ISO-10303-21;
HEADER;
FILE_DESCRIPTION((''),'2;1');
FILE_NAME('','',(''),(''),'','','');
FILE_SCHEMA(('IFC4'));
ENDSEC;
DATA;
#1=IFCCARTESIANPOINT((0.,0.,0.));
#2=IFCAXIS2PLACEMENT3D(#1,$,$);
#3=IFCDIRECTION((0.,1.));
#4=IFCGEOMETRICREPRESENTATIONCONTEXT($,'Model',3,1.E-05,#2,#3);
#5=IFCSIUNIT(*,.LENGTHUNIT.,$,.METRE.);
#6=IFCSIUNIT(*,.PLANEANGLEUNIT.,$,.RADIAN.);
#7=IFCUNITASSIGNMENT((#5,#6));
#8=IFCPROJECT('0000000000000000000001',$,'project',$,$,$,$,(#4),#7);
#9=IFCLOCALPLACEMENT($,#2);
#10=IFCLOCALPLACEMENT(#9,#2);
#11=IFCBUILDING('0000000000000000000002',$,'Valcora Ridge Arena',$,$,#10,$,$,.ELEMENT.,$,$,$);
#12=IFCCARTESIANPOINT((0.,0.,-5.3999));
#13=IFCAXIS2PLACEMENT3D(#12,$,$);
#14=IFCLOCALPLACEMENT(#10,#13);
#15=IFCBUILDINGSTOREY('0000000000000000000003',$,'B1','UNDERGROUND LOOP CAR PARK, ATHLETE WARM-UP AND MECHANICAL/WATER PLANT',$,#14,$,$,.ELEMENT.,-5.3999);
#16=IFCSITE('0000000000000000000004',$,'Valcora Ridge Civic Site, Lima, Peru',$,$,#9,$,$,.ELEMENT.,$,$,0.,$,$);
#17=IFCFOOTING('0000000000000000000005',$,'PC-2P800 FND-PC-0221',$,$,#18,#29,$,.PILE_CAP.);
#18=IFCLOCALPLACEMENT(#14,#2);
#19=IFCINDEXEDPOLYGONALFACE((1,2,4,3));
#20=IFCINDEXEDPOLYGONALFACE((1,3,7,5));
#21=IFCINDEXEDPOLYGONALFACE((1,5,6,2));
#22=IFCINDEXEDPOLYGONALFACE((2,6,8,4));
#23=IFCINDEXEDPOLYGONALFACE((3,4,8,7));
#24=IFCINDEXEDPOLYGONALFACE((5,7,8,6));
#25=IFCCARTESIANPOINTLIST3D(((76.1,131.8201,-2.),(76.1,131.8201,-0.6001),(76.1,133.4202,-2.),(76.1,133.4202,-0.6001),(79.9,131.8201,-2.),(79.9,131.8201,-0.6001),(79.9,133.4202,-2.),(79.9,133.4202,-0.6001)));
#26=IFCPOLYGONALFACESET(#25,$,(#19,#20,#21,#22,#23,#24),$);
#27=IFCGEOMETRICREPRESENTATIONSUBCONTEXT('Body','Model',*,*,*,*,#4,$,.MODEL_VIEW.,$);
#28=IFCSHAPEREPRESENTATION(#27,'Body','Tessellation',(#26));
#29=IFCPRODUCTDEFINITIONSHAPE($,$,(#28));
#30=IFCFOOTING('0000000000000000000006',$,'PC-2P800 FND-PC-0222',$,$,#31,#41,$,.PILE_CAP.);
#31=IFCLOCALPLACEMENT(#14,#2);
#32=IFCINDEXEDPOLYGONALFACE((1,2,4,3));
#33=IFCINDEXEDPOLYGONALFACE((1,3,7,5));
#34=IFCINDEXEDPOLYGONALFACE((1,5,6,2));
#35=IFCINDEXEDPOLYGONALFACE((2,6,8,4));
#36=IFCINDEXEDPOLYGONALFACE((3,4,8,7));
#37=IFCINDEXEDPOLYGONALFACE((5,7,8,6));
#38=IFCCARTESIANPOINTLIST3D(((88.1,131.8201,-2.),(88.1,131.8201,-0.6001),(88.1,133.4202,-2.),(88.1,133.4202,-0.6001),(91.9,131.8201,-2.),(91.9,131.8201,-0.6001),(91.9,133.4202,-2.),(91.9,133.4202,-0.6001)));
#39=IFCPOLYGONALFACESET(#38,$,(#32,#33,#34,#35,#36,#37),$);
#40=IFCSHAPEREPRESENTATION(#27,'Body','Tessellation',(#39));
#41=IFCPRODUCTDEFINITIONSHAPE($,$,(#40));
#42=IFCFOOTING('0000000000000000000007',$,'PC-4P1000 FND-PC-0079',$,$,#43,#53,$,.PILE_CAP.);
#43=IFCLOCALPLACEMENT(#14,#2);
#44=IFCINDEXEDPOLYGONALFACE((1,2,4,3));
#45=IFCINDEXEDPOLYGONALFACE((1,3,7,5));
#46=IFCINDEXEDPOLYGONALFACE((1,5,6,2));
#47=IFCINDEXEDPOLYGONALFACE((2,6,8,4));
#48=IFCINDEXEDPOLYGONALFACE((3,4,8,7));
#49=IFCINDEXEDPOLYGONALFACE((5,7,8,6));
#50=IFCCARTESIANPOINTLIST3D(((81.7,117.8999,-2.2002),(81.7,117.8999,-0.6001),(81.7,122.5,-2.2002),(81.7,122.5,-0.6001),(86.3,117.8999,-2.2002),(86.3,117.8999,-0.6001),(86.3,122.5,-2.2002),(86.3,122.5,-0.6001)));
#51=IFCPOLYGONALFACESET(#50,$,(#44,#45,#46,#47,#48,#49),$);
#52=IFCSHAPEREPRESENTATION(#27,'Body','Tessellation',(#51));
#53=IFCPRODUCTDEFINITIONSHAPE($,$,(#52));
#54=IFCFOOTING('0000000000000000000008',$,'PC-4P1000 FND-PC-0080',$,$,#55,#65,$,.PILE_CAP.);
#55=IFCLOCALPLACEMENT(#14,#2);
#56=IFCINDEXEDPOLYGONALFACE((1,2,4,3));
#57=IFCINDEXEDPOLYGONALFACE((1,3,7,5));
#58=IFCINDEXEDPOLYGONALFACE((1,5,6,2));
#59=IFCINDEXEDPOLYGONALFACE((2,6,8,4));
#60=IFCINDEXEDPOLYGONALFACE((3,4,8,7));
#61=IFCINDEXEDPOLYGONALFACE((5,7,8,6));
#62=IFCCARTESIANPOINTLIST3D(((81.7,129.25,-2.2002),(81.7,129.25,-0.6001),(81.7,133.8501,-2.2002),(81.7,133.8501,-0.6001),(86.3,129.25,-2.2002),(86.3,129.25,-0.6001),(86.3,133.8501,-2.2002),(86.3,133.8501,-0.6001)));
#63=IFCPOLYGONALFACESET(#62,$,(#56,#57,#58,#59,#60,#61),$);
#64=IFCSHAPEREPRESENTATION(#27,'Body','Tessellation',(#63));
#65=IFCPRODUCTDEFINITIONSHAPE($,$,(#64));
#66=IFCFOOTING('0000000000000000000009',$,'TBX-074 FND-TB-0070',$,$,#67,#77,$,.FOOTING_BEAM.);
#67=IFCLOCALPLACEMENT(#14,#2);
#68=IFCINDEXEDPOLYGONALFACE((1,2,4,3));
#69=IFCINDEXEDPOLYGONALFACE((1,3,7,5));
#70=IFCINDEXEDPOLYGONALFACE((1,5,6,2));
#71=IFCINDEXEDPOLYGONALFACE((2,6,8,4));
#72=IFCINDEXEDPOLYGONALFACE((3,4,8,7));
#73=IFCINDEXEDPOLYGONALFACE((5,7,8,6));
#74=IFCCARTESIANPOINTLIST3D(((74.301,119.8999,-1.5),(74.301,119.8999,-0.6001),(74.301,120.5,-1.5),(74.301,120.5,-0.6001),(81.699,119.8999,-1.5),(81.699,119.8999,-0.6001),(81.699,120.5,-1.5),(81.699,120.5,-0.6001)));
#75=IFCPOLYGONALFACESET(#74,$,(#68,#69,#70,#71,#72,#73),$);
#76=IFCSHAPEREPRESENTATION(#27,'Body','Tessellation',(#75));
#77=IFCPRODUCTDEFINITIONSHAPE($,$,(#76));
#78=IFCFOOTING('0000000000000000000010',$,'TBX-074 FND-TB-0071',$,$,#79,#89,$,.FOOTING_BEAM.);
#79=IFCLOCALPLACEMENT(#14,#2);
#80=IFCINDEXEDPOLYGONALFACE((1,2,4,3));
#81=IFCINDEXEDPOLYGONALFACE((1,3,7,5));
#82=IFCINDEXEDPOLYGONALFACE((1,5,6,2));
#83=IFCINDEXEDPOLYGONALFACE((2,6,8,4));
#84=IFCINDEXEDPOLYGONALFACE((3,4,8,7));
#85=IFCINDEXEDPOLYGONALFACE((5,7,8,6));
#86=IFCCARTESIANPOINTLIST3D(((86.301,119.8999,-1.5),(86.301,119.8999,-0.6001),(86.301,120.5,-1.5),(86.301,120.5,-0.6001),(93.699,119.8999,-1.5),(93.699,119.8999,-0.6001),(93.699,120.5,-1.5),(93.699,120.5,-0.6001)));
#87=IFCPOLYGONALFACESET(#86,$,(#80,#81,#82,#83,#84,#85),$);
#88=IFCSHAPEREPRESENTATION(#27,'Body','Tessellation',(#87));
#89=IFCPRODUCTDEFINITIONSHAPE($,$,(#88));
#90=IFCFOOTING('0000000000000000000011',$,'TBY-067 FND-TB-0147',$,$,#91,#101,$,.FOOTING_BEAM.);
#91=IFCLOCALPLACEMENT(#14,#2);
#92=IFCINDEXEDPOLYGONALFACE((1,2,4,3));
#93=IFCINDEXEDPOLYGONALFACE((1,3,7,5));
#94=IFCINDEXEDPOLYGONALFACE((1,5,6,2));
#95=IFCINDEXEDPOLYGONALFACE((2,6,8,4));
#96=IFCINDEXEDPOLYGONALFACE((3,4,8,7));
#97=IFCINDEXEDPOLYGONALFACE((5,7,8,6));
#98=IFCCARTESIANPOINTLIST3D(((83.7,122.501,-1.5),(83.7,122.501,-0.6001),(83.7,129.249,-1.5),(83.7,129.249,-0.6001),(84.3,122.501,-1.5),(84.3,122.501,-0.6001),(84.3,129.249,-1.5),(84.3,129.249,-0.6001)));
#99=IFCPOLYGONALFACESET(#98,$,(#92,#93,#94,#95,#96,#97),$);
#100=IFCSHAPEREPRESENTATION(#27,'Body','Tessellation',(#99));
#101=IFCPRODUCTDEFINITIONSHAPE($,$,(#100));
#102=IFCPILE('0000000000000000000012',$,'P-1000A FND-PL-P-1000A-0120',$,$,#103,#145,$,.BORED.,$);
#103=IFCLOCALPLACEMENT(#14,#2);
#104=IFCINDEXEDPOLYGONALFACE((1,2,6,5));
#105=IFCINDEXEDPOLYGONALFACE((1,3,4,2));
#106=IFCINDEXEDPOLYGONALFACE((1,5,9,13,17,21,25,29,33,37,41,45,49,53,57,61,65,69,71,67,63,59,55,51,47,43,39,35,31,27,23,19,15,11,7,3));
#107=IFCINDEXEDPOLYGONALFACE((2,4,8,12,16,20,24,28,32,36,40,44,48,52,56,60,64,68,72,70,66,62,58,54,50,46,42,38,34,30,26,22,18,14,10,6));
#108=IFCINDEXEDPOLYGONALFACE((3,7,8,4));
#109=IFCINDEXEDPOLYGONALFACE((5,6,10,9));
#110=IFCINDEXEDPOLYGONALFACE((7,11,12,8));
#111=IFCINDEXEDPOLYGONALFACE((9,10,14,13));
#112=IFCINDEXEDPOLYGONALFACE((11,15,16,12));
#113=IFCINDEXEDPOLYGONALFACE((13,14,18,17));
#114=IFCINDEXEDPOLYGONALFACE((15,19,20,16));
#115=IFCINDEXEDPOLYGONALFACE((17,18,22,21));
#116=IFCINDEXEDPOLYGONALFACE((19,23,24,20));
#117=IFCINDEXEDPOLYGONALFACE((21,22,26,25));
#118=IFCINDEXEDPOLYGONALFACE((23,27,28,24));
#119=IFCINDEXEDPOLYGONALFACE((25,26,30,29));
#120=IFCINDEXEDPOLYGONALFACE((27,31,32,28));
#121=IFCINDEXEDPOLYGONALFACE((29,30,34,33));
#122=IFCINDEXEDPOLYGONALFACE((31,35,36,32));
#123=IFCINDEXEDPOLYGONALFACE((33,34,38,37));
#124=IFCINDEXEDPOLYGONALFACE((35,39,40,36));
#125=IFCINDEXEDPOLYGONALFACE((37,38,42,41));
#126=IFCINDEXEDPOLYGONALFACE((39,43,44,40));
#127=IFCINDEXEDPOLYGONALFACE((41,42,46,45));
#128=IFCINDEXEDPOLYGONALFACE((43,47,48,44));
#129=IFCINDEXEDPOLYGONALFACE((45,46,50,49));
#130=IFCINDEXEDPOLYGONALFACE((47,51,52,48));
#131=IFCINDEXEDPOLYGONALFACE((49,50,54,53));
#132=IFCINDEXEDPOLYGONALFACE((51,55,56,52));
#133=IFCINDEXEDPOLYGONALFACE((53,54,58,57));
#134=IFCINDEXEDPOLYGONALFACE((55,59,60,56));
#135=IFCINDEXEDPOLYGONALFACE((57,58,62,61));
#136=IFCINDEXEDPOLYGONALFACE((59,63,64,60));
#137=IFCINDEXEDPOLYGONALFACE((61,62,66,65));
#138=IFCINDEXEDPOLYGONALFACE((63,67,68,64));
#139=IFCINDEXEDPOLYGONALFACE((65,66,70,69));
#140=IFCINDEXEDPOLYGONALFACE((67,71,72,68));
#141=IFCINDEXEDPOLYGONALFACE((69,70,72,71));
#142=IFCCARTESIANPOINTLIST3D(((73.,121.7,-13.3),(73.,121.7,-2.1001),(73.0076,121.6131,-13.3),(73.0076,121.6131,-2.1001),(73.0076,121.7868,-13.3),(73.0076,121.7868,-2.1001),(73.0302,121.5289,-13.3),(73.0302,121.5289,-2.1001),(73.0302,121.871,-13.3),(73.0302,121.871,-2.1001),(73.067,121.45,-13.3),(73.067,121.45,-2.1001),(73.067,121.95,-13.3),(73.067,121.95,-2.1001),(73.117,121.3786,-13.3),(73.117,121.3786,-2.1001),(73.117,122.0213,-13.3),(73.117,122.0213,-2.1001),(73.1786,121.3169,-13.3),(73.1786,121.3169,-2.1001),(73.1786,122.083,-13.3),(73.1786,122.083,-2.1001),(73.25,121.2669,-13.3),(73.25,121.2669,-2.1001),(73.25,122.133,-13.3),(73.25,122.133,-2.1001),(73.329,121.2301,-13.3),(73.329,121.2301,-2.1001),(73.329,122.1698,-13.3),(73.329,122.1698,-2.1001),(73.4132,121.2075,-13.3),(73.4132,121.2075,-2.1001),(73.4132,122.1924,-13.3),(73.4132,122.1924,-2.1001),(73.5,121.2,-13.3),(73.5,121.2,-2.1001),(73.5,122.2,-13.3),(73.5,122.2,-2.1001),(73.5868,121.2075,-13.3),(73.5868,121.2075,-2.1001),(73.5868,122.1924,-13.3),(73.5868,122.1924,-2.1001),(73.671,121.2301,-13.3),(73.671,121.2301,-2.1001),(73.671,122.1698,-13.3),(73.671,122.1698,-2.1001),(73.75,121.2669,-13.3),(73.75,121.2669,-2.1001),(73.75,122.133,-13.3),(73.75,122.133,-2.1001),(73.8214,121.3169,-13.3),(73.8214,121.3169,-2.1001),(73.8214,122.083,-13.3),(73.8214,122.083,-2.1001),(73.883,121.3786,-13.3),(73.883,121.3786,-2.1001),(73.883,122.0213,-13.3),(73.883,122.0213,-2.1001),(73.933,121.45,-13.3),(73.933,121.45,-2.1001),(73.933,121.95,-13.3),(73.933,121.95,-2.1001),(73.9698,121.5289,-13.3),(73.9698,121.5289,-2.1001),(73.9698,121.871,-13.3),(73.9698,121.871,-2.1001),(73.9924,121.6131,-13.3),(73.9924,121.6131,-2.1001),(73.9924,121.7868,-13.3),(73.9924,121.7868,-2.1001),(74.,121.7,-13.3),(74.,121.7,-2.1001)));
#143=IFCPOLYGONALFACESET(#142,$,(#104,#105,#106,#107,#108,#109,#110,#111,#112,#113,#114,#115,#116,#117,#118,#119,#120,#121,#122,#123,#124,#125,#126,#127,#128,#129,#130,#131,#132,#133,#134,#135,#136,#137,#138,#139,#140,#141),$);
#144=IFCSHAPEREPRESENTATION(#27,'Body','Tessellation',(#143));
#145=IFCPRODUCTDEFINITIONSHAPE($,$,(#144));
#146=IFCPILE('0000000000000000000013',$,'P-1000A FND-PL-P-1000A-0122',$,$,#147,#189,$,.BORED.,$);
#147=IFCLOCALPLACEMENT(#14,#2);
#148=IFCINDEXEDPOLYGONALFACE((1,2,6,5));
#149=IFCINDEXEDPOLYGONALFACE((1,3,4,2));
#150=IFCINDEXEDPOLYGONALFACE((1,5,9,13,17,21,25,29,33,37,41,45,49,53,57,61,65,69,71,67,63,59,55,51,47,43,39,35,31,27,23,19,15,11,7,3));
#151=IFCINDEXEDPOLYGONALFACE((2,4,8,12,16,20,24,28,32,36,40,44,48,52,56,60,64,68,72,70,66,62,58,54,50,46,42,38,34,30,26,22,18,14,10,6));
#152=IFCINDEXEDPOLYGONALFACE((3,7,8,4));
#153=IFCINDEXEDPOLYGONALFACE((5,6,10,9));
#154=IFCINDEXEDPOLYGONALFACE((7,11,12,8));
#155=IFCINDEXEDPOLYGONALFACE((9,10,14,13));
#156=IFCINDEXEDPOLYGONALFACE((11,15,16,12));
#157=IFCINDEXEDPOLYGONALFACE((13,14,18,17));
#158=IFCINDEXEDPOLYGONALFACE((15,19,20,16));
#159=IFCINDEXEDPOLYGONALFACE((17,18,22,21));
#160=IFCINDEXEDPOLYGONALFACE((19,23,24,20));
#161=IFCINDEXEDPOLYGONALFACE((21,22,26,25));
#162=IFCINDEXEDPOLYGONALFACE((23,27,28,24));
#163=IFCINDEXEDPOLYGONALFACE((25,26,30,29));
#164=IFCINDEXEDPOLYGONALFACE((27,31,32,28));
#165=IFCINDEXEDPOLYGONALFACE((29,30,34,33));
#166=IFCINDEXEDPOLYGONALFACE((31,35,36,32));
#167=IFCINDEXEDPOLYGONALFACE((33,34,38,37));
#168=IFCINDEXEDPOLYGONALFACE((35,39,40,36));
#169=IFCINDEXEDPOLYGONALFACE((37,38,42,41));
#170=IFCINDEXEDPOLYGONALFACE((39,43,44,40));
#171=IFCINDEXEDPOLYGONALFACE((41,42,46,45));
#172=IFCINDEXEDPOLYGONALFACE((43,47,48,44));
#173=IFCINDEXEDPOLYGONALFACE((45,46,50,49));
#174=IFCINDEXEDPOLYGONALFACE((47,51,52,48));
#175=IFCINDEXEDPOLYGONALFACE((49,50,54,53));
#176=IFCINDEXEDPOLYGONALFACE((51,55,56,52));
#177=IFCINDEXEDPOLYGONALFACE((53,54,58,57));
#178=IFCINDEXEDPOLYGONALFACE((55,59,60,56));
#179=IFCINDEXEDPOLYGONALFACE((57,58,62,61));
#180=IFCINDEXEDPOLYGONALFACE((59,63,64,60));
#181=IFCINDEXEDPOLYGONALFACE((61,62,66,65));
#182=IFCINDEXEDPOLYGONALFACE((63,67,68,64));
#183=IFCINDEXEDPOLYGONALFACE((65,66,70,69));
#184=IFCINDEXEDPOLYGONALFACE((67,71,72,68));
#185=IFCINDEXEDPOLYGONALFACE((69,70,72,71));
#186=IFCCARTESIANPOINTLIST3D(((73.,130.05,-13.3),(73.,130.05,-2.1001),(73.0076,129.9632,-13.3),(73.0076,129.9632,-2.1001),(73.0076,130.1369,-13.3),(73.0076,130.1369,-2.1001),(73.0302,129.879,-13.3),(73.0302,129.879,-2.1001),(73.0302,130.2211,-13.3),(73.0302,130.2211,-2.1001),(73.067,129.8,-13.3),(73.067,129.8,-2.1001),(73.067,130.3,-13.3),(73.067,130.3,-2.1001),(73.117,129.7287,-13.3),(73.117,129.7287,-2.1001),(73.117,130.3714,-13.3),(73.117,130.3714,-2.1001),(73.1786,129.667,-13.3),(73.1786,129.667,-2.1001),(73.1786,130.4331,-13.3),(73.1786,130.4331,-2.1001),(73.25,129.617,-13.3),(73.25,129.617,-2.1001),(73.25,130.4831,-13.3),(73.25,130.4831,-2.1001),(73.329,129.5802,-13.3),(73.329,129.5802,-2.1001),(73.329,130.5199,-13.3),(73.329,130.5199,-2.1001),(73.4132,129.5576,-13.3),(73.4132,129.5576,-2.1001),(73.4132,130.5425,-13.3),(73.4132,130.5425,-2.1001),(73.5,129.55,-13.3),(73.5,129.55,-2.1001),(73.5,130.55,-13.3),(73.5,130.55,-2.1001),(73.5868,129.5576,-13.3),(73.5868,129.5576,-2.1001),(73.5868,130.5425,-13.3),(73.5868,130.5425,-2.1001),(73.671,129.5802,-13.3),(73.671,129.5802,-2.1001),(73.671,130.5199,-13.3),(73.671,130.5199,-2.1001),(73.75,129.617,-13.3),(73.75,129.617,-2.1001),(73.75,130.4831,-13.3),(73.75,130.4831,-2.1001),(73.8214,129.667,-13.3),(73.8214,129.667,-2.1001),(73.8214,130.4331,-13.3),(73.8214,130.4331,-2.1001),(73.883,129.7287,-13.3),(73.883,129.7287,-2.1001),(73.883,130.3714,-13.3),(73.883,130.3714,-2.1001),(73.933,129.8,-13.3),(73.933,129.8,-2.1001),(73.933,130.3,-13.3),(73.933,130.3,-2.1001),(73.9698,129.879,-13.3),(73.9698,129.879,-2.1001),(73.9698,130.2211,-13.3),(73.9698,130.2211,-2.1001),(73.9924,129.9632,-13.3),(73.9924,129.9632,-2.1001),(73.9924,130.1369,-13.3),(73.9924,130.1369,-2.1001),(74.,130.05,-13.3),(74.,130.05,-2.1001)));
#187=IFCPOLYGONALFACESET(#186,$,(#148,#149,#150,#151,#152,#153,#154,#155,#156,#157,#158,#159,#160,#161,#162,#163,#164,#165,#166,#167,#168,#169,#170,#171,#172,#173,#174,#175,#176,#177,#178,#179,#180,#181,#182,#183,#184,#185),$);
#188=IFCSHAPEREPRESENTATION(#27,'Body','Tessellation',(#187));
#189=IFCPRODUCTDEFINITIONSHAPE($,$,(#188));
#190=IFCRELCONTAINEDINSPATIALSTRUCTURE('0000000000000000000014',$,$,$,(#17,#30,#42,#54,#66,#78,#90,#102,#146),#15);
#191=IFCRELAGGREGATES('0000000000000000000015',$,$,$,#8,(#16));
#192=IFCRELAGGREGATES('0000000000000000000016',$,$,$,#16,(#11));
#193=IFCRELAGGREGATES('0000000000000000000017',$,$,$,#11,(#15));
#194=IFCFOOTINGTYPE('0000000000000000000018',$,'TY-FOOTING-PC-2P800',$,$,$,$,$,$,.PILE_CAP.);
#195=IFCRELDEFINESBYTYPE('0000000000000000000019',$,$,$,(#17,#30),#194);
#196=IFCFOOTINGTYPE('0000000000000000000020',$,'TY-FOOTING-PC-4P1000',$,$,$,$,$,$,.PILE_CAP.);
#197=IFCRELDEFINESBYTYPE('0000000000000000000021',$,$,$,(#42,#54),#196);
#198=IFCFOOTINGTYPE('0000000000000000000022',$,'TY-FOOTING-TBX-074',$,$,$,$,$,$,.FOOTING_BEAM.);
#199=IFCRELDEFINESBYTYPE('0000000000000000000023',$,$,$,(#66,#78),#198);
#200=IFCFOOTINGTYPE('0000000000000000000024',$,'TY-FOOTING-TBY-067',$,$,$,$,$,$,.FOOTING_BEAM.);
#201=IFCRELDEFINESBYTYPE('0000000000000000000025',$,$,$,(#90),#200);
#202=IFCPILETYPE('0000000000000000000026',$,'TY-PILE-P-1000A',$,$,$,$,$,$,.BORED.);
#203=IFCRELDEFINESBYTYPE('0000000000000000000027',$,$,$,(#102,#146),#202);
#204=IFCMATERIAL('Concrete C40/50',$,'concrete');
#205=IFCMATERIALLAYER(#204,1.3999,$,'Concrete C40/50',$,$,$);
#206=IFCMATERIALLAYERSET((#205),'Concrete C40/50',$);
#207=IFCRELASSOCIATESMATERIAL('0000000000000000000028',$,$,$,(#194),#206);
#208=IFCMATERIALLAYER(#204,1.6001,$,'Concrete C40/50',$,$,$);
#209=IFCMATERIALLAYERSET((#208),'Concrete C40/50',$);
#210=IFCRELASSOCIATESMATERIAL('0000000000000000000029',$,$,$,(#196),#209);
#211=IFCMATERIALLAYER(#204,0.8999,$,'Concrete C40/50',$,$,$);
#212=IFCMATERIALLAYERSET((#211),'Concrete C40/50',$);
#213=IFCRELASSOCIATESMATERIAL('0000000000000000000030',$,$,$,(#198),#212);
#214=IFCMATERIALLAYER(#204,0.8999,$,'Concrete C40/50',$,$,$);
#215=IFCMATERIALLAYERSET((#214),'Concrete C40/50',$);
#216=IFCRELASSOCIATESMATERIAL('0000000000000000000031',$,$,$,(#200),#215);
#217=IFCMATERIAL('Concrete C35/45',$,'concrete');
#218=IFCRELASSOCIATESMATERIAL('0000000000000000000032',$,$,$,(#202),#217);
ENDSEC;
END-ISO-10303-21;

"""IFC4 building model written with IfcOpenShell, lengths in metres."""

from ifc_helpers import new_model, si_unit, direction, frame, origin, origin_2d, place, context, subcontext, project, spatial, rectangle, circle, extrude, material, layer, layer_set, material_profile, profile_set, type_object, element, save


model = new_model("IFC4")

# Units and contexts
model_context = context("Model", 3, precision=1e-05, world=origin(), true_north=direction((0.0, 1.0)))
body_context = subcontext(model_context, "Body", "Model", "MODEL_VIEW")
ifc_project = project(units=[si_unit("LENGTHUNIT", "METRE"), si_unit("PLANEANGLEUNIT", "RADIAN")], contexts=[model_context])

# Site, building, storey
site_placement = place(None, origin())
site = spatial("IfcSite", under=ifc_project, at=site_placement, Name="Valcora Ridge Civic Site, Lima, Peru", CompositionType="ELEMENT", RefElevation=0.0)
building_placement = place(site_placement, origin())
building = spatial("IfcBuilding", under=site, at=building_placement, Name="Valcora Ridge Arena", CompositionType="ELEMENT")
storey_placement = place(building_placement, frame((0.0, 0.0, -5.3999)))
storey = spatial("IfcBuildingStorey", under=building, at=storey_placement, Name="B1", Description="UNDERGROUND LOOP CAR PARK, ATHLETE WARM-UP AND MECHANICAL/WATER PLANT", CompositionType="ELEMENT", Elevation=-5.3999)

# Footings
ifc_material_1 = material(Name="Concrete C40/50", Category="concrete")
ifc_layer_1 = layer(ifc_material_1, 1.3999, Name="Concrete C40/50")
ifc_layer_set_1 = layer_set([ifc_layer_1], Name="Concrete C40/50")
footing_type_1 = type_object("IfcFootingType", Name="TY-FOOTING-PC-2P800", PredefinedType="PILE_CAP", material=ifc_layer_set_1)
for number, where, z_axis, x_axis, name in (
    (1, (78.0, 132.6201, -2.0), (0.0, 0.0, 1.0), (1.0, 0.0, 0.0), "PC-2P800 FND-PC-0221"),
    (2, (90.0, 132.6201, -2.0), (0.0, 0.0, 1.0), (1.0, 0.0, 0.0), "PC-2P800 FND-PC-0222"),
):
    element("IfcFooting", number, at=place(storey_placement, frame(where, z_axis=z_axis, x_axis=x_axis)), inside=storey, type_object=footing_type_1, Name=name, PredefinedType="PILE_CAP", context=body_context, shape_type="SweptSolid", body=[
        extrude(rectangle(XDim=3.8, YDim=1.6001, at=origin_2d()), origin(), (0.0, 0.0, 1.0), 1.3999),
    ])
ifc_layer_2 = layer(ifc_material_1, 1.6001, Name="Concrete C40/50")
ifc_layer_set_2 = layer_set([ifc_layer_2], Name="Concrete C40/50")
footing_type_2 = type_object("IfcFootingType", Name="TY-FOOTING-PC-4P1000", PredefinedType="PILE_CAP", material=ifc_layer_set_2)
for number, where, z_axis, x_axis, name in (
    (3, (84.0, 120.2, -2.2002), (0.0, 0.0, 1.0), (1.0, 0.0, 0.0), "PC-4P1000 FND-PC-0079"),
    (4, (84.0, 131.55, -2.2002), (0.0, 0.0, 1.0), (1.0, 0.0, 0.0), "PC-4P1000 FND-PC-0080"),
):
    element("IfcFooting", number, at=place(storey_placement, frame(where, z_axis=z_axis, x_axis=x_axis)), inside=storey, type_object=footing_type_2, Name=name, PredefinedType="PILE_CAP", context=body_context, shape_type="SweptSolid", body=[
        extrude(rectangle(XDim=4.6001, YDim=4.6001, at=origin_2d()), origin(), (0.0, 0.0, 1.0), 1.6001),
    ])
ifc_layer_3 = layer(ifc_material_1, 0.8999, Name="Concrete C40/50")
ifc_layer_set_3 = layer_set([ifc_layer_3], Name="Concrete C40/50")
footing_type_3 = type_object("IfcFootingType", Name="TY-FOOTING-TBX-074", PredefinedType="FOOTING_BEAM", material=ifc_layer_set_3)
for number, where, z_axis, x_axis, name in (
    (5, (78.0, 120.2, -1.5), (0.0, 0.0, 1.0), (1.0, 0.0, 0.0), "TBX-074 FND-TB-0070"),
    (6, (90.0, 120.2, -1.5), (0.0, 0.0, 1.0), (1.0, 0.0, 0.0), "TBX-074 FND-TB-0071"),
):
    element("IfcFooting", number, at=place(storey_placement, frame(where, z_axis=z_axis, x_axis=x_axis)), inside=storey, type_object=footing_type_3, Name=name, PredefinedType="FOOTING_BEAM", context=body_context, shape_type="SweptSolid", body=[
        extrude(rectangle(XDim=7.3979, YDim=0.6001, at=origin_2d()), origin(), (0.0, 0.0, 1.0), 0.8999),
    ])
ifc_layer_4 = layer(ifc_material_1, 0.8999, Name="Concrete C40/50")
ifc_layer_set_4 = layer_set([ifc_layer_4], Name="Concrete C40/50")
footing_type_4 = type_object("IfcFootingType", Name="TY-FOOTING-TBY-067", PredefinedType="FOOTING_BEAM", material=ifc_layer_set_4)
footing_placement = place(storey_placement, frame((84.0, 125.875, -1.5), z_axis=(0.0, 0.0, 1.0), x_axis=(1.0, 0.0, 0.0)))
element("IfcFooting", 7, at=footing_placement, inside=storey, type_object=footing_type_4, Name="TBY-067 FND-TB-0147", PredefinedType="FOOTING_BEAM", context=body_context, shape_type="SweptSolid", body=[
    extrude(rectangle(XDim=0.6001, YDim=6.748, at=origin_2d()), origin(), (0.0, 0.0, 1.0), 0.8999),
])

# Piles
ifc_material_2 = material(Name="Concrete C35/45", Category="concrete")
ifc_material_profile_1 = material_profile(ifc_material_2, circle(Radius=0.5, at=origin_2d()), Name="BORED PILE D1000")
ifc_profile_set_1 = profile_set([ifc_material_profile_1], Name="Concrete C35/45")
pile_type_1 = type_object("IfcPileType", Name="TY-PILE-P-1000A", PredefinedType="BORED", material=ifc_profile_set_1)
for number, where, z_axis, x_axis, name in (
    (8, (73.5, 121.7, -2.1001), (0.0, 0.0, -1.0), (1.0, 0.0, 0.0), "P-1000A FND-PL-P-1000A-0120"),
    (9, (73.5, 130.05, -2.1001), (0.0, 0.0, -1.0), (1.0, 0.0, 0.0), "P-1000A FND-PL-P-1000A-0122"),
):
    element("IfcPile", number, at=place(storey_placement, frame(where, z_axis=z_axis, x_axis=x_axis)), inside=storey, type_object=pile_type_1, Name=name, PredefinedType="BORED", context=body_context, shape_type="SweptSolid", body=[
        extrude(circle(Radius=0.5, at=origin_2d()), origin(), (0.0, 0.0, 1.0), 11.2),
    ])

save(model, "model.ifc")
